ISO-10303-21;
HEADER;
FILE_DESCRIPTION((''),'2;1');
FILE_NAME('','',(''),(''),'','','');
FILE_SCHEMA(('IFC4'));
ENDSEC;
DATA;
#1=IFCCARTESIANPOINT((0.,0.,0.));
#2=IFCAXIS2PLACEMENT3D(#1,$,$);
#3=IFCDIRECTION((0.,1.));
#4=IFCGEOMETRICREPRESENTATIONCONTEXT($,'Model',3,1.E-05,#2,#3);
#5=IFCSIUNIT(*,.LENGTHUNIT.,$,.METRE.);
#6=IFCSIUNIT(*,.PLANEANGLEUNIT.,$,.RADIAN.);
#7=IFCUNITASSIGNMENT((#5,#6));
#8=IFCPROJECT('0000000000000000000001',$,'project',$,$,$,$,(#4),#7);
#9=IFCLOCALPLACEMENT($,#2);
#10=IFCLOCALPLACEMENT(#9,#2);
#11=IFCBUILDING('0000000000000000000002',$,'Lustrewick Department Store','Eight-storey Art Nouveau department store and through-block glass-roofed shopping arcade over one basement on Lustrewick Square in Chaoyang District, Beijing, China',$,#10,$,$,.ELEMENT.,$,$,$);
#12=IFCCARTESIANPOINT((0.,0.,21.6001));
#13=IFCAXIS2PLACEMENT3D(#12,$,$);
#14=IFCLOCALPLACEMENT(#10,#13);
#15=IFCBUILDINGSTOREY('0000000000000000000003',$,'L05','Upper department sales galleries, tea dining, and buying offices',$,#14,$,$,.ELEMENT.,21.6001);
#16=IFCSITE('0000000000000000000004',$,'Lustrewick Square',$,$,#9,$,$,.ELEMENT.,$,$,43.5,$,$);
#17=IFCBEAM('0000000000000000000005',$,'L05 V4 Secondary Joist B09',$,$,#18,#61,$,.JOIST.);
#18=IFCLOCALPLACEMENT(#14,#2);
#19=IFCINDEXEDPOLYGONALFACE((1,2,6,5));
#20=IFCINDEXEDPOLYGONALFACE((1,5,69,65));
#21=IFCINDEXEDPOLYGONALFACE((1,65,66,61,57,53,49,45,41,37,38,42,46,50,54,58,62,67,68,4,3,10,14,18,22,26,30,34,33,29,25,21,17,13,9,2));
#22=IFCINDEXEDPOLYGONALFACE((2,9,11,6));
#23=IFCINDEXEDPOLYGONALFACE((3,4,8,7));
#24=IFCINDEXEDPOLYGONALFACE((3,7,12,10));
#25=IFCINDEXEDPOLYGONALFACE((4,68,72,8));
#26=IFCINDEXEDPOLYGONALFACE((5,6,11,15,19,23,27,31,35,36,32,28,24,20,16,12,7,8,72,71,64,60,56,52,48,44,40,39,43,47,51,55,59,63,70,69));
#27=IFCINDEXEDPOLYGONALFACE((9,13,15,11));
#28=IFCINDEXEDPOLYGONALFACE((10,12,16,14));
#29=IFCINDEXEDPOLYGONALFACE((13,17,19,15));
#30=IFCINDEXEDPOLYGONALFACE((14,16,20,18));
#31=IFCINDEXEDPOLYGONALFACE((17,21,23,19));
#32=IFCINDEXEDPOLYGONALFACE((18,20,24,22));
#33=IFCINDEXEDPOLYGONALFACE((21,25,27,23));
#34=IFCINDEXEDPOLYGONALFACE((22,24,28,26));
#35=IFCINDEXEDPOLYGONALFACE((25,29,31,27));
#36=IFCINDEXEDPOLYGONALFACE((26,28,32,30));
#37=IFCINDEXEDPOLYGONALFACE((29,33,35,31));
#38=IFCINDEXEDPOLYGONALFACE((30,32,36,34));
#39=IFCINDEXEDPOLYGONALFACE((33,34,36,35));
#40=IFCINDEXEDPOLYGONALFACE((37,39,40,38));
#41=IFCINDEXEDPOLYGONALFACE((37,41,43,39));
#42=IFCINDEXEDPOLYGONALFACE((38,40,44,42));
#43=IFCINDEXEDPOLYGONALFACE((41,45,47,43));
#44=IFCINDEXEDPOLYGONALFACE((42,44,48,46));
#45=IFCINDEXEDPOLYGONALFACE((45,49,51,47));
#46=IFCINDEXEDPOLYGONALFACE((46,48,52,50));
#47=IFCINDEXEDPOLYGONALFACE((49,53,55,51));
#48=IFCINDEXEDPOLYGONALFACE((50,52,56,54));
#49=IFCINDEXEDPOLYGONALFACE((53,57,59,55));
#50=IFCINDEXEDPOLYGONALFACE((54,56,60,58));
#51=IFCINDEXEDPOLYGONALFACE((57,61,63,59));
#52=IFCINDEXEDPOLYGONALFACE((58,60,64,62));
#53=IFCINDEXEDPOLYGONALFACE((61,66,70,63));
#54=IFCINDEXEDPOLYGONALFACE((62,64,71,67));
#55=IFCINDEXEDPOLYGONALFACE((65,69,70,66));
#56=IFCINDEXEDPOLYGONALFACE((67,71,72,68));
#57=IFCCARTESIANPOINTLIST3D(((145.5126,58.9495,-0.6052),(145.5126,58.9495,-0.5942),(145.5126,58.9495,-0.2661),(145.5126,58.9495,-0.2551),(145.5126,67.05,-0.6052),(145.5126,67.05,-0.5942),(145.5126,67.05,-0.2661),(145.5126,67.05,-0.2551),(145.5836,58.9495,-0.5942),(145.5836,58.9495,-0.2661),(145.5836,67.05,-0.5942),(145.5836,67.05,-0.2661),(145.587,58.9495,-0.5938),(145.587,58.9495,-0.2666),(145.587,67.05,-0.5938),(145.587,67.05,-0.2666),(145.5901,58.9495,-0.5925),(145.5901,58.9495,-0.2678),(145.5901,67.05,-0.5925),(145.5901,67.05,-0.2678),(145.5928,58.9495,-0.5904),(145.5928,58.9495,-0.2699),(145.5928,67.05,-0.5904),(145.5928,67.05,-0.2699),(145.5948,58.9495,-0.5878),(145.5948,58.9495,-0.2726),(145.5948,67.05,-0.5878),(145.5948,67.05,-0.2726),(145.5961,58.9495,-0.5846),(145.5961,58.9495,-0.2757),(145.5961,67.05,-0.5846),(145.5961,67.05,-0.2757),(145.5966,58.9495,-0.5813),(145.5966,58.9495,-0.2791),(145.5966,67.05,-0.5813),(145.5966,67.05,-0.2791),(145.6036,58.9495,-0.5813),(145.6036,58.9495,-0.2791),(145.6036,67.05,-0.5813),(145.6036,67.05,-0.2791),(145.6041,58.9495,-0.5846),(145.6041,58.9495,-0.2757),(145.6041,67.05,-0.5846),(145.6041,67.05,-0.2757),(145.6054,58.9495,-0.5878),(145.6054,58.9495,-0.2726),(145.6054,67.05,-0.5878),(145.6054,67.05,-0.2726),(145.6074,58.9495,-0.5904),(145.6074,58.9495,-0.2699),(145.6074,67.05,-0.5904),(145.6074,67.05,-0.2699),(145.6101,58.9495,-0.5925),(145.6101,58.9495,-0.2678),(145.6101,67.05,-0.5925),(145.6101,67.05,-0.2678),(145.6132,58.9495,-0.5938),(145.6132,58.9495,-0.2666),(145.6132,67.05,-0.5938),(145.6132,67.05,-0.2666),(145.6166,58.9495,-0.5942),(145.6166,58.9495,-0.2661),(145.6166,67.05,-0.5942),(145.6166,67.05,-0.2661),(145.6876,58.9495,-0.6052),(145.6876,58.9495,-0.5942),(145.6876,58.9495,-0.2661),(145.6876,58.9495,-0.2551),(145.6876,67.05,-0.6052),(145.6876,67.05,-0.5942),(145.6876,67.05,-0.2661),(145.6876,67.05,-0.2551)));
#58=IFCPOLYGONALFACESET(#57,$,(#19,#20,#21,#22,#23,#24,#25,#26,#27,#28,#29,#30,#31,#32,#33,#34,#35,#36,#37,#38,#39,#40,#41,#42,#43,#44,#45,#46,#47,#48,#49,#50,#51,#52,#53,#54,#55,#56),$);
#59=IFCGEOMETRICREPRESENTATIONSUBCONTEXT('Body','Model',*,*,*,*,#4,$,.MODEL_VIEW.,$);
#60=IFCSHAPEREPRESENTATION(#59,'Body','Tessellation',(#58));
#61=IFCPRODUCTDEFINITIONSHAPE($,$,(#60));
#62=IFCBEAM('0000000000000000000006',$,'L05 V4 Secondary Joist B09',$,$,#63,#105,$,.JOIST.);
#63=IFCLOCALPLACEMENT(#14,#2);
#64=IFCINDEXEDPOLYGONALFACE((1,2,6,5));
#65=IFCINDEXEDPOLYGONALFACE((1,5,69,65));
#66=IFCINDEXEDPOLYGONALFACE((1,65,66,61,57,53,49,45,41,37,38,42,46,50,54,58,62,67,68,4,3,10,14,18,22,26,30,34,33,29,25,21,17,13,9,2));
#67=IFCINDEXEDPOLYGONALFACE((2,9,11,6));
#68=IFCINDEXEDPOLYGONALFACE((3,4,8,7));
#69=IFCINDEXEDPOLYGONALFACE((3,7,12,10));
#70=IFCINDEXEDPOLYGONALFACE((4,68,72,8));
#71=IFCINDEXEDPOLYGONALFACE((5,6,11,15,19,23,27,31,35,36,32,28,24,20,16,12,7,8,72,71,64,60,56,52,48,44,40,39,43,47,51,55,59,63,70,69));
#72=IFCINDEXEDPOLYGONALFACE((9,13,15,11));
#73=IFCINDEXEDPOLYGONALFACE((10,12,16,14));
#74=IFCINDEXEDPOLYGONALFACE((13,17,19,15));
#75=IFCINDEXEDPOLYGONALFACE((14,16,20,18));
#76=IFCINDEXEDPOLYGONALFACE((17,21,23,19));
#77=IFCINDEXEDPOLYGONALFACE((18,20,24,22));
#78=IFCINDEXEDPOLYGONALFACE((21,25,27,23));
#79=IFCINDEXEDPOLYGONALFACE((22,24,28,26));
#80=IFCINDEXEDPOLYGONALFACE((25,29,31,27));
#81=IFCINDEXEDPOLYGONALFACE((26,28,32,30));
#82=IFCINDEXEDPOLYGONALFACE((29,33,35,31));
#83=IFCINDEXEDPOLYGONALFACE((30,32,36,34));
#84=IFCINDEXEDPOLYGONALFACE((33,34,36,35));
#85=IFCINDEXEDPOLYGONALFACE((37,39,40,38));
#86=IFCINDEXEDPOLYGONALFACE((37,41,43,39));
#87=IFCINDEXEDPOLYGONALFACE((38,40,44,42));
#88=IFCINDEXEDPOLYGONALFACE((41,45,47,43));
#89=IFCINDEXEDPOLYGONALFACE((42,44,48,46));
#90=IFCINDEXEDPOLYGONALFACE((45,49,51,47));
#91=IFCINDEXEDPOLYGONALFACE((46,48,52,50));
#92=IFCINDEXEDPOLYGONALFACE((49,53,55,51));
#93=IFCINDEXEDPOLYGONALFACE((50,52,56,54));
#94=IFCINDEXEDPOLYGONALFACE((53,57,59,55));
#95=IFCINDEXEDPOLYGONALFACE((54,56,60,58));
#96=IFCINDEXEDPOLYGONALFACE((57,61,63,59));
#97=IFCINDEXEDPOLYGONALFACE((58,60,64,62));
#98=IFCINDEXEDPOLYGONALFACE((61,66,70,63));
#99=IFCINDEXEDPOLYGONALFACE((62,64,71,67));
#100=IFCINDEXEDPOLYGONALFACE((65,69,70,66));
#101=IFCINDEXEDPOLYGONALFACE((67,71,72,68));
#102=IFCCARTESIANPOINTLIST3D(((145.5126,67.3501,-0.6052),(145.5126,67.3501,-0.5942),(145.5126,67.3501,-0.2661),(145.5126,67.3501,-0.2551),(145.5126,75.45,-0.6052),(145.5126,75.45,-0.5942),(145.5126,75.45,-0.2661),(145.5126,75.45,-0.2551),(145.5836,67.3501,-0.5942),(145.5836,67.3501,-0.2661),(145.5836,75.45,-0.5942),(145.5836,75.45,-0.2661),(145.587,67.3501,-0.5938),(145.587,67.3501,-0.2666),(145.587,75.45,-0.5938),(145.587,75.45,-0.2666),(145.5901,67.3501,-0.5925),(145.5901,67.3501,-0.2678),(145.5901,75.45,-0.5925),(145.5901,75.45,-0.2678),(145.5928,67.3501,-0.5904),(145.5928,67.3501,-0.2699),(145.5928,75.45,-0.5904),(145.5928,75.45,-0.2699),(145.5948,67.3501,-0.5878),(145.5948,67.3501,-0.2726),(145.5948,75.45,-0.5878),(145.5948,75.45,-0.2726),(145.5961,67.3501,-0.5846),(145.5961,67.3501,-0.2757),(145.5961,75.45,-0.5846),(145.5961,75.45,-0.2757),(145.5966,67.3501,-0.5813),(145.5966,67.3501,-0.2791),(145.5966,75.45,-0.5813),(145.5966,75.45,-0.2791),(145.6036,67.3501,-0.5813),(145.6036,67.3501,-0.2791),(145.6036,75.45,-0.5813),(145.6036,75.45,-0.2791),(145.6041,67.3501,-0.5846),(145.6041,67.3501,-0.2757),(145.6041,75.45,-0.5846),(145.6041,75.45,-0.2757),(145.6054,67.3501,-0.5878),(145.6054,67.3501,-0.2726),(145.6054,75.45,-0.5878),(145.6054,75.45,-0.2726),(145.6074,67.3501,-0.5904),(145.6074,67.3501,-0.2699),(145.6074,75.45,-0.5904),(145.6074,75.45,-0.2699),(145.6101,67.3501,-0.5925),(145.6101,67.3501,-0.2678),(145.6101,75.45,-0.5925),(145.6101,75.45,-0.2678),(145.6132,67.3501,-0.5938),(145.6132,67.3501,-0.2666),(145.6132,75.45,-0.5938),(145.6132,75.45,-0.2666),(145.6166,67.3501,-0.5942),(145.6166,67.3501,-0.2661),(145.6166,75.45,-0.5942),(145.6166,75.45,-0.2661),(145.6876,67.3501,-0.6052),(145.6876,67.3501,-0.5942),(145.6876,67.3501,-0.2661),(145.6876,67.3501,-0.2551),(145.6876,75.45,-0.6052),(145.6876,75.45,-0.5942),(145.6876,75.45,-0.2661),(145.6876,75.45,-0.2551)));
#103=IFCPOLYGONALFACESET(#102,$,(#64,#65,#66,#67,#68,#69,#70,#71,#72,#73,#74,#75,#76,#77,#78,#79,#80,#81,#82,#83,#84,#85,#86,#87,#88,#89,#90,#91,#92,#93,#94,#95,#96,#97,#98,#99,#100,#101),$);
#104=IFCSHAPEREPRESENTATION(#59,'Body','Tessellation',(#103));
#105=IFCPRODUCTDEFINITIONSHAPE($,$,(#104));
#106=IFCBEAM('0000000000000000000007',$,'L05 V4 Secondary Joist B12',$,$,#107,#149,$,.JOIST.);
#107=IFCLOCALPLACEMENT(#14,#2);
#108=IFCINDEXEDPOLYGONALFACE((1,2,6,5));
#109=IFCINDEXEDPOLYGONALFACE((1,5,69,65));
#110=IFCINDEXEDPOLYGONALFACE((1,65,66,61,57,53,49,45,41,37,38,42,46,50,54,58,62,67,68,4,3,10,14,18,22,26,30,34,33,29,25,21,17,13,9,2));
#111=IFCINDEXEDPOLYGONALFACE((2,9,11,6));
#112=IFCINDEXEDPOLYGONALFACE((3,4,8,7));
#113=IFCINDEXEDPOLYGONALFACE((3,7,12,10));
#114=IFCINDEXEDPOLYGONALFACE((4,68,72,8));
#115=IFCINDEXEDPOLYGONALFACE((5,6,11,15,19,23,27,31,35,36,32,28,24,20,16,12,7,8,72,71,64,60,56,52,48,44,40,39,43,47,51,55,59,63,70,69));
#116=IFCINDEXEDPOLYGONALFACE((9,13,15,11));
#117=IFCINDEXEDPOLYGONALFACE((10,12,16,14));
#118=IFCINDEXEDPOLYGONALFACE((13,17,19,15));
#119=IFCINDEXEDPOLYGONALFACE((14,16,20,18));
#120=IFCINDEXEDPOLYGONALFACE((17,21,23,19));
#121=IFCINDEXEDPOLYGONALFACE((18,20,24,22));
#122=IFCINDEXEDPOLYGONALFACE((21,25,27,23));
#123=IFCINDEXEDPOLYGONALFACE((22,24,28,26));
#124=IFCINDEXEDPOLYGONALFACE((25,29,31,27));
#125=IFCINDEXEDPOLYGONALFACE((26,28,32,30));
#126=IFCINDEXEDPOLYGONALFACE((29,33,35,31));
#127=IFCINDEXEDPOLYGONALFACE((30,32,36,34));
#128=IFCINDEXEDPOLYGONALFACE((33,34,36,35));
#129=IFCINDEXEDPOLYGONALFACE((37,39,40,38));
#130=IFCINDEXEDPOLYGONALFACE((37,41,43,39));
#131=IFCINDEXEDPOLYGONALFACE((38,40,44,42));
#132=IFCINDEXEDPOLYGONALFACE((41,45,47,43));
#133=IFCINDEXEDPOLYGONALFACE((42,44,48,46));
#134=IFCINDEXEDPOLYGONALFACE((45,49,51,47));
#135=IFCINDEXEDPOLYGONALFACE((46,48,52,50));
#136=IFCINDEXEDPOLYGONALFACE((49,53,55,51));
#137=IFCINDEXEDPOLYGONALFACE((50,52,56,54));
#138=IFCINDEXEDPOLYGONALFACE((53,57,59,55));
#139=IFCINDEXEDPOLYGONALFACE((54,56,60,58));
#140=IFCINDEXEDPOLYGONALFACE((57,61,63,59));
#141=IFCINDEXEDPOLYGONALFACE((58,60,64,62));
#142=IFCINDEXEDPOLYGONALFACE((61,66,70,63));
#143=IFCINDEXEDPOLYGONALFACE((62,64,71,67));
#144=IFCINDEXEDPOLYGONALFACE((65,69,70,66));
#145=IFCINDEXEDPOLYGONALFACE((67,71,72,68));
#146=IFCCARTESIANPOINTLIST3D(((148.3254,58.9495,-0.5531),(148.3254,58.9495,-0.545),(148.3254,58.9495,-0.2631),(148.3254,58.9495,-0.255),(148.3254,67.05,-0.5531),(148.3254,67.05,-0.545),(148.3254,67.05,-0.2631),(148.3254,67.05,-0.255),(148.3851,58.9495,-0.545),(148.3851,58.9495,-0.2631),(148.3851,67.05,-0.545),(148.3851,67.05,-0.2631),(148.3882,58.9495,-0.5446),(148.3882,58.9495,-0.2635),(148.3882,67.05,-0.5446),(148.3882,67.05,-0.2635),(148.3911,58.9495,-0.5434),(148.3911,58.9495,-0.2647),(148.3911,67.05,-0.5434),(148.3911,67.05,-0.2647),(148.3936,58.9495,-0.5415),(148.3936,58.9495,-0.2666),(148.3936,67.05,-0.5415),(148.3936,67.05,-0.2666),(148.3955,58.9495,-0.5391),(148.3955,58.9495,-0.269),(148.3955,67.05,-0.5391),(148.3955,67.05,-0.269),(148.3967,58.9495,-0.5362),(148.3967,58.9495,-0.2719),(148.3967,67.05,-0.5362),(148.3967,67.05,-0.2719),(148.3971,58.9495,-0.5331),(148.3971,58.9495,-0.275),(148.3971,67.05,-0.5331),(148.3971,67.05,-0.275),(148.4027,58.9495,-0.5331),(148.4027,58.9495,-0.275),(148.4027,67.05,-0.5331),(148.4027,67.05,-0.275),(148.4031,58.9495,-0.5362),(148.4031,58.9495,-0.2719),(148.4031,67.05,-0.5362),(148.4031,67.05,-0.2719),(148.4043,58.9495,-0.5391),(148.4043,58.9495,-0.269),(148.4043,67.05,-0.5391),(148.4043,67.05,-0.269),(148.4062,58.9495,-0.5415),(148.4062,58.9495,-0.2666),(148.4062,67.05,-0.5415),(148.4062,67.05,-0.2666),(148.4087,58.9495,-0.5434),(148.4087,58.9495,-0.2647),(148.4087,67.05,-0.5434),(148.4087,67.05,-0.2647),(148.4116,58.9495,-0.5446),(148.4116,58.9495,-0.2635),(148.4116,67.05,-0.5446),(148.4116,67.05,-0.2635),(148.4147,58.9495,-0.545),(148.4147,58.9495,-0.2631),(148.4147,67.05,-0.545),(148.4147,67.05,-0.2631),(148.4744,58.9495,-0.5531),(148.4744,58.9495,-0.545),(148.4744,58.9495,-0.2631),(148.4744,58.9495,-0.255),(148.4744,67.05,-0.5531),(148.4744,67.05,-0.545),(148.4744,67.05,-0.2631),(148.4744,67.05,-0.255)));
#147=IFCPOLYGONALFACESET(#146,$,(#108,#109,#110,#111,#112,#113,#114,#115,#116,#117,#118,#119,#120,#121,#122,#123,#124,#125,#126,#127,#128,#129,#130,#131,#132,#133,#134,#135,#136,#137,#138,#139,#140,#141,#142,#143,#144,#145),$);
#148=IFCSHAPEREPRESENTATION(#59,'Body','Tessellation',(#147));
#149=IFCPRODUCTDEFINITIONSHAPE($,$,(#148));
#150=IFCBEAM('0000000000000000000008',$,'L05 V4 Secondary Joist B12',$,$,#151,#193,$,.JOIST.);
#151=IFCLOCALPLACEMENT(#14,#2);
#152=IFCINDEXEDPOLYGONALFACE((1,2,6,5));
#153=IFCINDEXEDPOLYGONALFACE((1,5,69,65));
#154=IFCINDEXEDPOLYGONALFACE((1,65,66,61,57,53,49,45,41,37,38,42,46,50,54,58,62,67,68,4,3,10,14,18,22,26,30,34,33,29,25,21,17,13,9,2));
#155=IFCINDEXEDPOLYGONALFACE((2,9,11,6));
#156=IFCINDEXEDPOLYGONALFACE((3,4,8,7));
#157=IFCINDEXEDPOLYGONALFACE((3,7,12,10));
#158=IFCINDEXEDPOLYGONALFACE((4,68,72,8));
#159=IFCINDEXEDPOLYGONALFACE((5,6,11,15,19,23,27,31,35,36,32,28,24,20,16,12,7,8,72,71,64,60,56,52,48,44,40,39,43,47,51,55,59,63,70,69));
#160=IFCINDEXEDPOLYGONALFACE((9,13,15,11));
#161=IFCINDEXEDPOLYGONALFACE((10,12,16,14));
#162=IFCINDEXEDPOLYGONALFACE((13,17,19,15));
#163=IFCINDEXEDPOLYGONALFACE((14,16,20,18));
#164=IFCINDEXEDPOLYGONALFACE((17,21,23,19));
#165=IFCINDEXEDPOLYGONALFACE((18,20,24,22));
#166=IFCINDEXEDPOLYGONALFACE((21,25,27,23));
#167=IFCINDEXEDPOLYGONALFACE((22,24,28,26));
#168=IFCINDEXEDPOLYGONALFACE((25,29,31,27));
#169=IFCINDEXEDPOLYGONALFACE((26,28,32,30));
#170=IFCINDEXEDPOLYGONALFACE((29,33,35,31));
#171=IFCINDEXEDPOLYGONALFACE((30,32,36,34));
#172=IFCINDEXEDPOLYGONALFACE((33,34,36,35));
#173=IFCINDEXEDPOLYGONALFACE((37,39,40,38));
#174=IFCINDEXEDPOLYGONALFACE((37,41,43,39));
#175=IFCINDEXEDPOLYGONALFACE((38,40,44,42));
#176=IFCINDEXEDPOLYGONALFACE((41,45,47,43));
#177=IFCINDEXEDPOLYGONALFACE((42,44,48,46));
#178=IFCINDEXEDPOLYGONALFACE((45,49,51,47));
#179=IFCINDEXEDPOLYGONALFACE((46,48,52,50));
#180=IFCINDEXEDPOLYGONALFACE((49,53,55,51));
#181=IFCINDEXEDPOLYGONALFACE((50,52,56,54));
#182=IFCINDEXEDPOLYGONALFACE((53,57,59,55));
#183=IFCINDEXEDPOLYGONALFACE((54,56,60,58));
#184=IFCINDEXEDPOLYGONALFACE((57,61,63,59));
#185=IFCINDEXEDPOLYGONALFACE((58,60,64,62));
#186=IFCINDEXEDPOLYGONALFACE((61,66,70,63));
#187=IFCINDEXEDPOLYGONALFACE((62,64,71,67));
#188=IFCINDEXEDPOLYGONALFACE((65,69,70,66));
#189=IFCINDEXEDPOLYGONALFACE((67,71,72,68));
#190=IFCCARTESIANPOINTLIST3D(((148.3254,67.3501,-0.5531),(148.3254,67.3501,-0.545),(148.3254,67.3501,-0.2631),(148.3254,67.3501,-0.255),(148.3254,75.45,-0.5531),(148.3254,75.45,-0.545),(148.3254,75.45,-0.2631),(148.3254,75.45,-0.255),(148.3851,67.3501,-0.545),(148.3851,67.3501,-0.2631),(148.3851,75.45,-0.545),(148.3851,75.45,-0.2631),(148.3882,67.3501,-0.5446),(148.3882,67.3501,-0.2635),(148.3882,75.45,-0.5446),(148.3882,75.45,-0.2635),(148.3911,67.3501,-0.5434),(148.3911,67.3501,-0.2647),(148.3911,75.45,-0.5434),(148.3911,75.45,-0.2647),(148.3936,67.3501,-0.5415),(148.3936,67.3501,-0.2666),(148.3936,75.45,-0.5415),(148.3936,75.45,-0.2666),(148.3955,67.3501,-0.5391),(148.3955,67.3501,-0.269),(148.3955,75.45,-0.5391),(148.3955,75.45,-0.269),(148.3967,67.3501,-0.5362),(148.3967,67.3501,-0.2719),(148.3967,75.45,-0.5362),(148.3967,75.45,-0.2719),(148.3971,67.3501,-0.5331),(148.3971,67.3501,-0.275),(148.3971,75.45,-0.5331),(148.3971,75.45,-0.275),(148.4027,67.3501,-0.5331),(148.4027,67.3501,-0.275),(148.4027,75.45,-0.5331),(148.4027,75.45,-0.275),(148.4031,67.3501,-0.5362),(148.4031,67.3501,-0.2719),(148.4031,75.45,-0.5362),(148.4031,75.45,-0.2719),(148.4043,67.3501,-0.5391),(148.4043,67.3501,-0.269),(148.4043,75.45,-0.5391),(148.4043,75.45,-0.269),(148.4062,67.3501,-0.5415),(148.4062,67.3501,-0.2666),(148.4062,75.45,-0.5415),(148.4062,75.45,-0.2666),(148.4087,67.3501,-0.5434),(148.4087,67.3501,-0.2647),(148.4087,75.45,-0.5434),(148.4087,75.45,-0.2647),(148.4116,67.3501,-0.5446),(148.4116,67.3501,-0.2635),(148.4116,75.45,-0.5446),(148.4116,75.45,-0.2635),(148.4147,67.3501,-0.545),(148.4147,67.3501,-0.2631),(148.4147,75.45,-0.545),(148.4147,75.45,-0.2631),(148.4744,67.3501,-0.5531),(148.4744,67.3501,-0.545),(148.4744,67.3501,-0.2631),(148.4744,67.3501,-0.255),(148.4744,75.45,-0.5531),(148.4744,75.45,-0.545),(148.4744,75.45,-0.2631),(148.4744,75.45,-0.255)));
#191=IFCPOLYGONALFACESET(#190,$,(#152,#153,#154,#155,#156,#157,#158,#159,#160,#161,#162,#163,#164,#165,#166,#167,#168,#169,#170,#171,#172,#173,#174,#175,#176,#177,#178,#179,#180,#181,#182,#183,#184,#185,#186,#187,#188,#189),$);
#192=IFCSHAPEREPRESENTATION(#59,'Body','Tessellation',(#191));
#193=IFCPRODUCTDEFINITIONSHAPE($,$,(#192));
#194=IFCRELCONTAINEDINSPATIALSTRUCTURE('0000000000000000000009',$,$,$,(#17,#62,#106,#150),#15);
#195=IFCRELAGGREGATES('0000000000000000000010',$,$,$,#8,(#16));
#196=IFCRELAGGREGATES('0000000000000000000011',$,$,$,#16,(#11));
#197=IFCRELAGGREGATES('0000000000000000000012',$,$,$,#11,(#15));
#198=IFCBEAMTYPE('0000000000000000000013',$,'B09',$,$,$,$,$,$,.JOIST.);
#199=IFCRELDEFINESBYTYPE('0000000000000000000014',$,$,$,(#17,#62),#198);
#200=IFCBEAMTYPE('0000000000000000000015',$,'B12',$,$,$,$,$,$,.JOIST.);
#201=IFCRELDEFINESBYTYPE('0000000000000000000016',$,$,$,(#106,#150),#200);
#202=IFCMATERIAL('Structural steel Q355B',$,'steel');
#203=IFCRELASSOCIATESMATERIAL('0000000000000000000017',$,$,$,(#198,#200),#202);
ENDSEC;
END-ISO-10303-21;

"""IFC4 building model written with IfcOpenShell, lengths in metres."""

from ifc_helpers import new_model, si_unit, direction, frame, origin, origin_2d, place, context, subcontext, project, spatial, i_section, extrude, material, material_profile, profile_set, type_object, element, save


model = new_model("IFC4")

# Units and contexts
model_context = context("Model", 3, precision=1e-05, world=origin(), true_north=direction((0.0, 1.0)))
body_context = subcontext(model_context, "Body", "Model", "MODEL_VIEW")
ifc_project = project(units=[si_unit("LENGTHUNIT", "METRE"), si_unit("PLANEANGLEUNIT", "RADIAN")], contexts=[model_context])

# Site, building, storey
site_placement = place(None, origin())
site = spatial("IfcSite", under=ifc_project, at=site_placement, Name="Lustrewick Square", CompositionType="ELEMENT", RefElevation=43.5)
building_placement = place(site_placement, origin())
building = spatial("IfcBuilding", under=site, at=building_placement, Name="Lustrewick Department Store", Description="Eight-storey Art Nouveau department store and through-block glass-roofed shopping arcade over one basement on Lustrewick Square in Chaoyang District, Beijing, China", CompositionType="ELEMENT")
storey_placement = place(building_placement, frame((0.0, 0.0, 21.6001)))
storey = spatial("IfcBuildingStorey", under=building, at=storey_placement, Name="L05", Description="Upper department sales galleries, tea dining, and buying offices", CompositionType="ELEMENT", Elevation=21.6001)

# Shared definitions
ifc_material_1 = material(Name="Structural steel Q355B", Category="steel")

# Beams
ifc_material_profile_1 = material_profile(ifc_material_1, i_section(OverallWidth=0.175, OverallDepth=0.3501, WebThickness=0.0071, FlangeThickness=0.011, FilletRadius=0.0129, at=origin_2d()), Name="HN 350x175x7x11")
ifc_profile_set_1 = profile_set([ifc_material_profile_1], Name="Structural steel Q355B")
beam_type_1 = type_object("IfcBeamType", Name="B09", PredefinedType="JOIST", material=ifc_profile_set_1)
beam_1_placement = place(storey_placement, frame((145.6001, 58.9495, -0.4302), z_axis=(0.0, 1.0, 0.0), x_axis=(-1.0, 0.0, 0.0)))
element("IfcBeam", 1, at=beam_1_placement, inside=storey, type_object=beam_type_1, Name="L05 V4 Secondary Joist B09", PredefinedType="JOIST", context=body_context, shape_type="SweptSolid", body=[
    extrude(i_section(OverallWidth=0.175, OverallDepth=0.3501, WebThickness=0.0071, FlangeThickness=0.011, FilletRadius=0.0129, at=origin_2d()), origin(), (0.0, 0.0, 1.0), 8.1006),
])
beam_2_placement = place(storey_placement, frame((145.6001, 67.3501, -0.4302), z_axis=(0.0, 1.0, 0.0), x_axis=(-1.0, 0.0, 0.0)))
element("IfcBeam", 2, at=beam_2_placement, inside=storey, type_object=beam_type_1, Name="L05 V4 Secondary Joist B09", PredefinedType="JOIST", context=body_context, shape_type="SweptSolid", body=[
    extrude(i_section(OverallWidth=0.175, OverallDepth=0.3501, WebThickness=0.0071, FlangeThickness=0.011, FilletRadius=0.0129, at=origin_2d()), origin(), (0.0, 0.0, 1.0), 8.0999),
])
ifc_material_profile_2 = material_profile(ifc_material_1, i_section(OverallWidth=0.1489, OverallDepth=0.2981, WebThickness=0.0056, FlangeThickness=0.0081, FilletRadius=0.012, at=origin_2d()), Name="HN 298x149x5.5x8")
ifc_profile_set_2 = profile_set([ifc_material_profile_2], Name="Structural steel Q355B")
beam_type_2 = type_object("IfcBeamType", Name="B12", PredefinedType="JOIST", material=ifc_profile_set_2)
beam_3_placement = place(storey_placement, frame((148.3999, 58.9495, -0.4041), z_axis=(0.0, 1.0, 0.0), x_axis=(-1.0, 0.0, 0.0)))
element("IfcBeam", 3, at=beam_3_placement, inside=storey, type_object=beam_type_2, Name="L05 V4 Secondary Joist B12", PredefinedType="JOIST", context=body_context, shape_type="SweptSolid", body=[
    extrude(i_section(OverallWidth=0.1489, OverallDepth=0.2981, WebThickness=0.0056, FlangeThickness=0.0081, FilletRadius=0.012, at=origin_2d()), origin(), (0.0, 0.0, 1.0), 8.1006),
])
beam_4_placement = place(storey_placement, frame((148.3999, 67.3501, -0.4041), z_axis=(0.0, 1.0, 0.0), x_axis=(-1.0, 0.0, 0.0)))
element("IfcBeam", 4, at=beam_4_placement, inside=storey, type_object=beam_type_2, Name="L05 V4 Secondary Joist B12", PredefinedType="JOIST", context=body_context, shape_type="SweptSolid", body=[
    extrude(i_section(OverallWidth=0.1489, OverallDepth=0.2981, WebThickness=0.0056, FlangeThickness=0.0081, FilletRadius=0.012, at=origin_2d()), origin(), (0.0, 0.0, 1.0), 8.0999),
])

save(model, "model.ifc")
